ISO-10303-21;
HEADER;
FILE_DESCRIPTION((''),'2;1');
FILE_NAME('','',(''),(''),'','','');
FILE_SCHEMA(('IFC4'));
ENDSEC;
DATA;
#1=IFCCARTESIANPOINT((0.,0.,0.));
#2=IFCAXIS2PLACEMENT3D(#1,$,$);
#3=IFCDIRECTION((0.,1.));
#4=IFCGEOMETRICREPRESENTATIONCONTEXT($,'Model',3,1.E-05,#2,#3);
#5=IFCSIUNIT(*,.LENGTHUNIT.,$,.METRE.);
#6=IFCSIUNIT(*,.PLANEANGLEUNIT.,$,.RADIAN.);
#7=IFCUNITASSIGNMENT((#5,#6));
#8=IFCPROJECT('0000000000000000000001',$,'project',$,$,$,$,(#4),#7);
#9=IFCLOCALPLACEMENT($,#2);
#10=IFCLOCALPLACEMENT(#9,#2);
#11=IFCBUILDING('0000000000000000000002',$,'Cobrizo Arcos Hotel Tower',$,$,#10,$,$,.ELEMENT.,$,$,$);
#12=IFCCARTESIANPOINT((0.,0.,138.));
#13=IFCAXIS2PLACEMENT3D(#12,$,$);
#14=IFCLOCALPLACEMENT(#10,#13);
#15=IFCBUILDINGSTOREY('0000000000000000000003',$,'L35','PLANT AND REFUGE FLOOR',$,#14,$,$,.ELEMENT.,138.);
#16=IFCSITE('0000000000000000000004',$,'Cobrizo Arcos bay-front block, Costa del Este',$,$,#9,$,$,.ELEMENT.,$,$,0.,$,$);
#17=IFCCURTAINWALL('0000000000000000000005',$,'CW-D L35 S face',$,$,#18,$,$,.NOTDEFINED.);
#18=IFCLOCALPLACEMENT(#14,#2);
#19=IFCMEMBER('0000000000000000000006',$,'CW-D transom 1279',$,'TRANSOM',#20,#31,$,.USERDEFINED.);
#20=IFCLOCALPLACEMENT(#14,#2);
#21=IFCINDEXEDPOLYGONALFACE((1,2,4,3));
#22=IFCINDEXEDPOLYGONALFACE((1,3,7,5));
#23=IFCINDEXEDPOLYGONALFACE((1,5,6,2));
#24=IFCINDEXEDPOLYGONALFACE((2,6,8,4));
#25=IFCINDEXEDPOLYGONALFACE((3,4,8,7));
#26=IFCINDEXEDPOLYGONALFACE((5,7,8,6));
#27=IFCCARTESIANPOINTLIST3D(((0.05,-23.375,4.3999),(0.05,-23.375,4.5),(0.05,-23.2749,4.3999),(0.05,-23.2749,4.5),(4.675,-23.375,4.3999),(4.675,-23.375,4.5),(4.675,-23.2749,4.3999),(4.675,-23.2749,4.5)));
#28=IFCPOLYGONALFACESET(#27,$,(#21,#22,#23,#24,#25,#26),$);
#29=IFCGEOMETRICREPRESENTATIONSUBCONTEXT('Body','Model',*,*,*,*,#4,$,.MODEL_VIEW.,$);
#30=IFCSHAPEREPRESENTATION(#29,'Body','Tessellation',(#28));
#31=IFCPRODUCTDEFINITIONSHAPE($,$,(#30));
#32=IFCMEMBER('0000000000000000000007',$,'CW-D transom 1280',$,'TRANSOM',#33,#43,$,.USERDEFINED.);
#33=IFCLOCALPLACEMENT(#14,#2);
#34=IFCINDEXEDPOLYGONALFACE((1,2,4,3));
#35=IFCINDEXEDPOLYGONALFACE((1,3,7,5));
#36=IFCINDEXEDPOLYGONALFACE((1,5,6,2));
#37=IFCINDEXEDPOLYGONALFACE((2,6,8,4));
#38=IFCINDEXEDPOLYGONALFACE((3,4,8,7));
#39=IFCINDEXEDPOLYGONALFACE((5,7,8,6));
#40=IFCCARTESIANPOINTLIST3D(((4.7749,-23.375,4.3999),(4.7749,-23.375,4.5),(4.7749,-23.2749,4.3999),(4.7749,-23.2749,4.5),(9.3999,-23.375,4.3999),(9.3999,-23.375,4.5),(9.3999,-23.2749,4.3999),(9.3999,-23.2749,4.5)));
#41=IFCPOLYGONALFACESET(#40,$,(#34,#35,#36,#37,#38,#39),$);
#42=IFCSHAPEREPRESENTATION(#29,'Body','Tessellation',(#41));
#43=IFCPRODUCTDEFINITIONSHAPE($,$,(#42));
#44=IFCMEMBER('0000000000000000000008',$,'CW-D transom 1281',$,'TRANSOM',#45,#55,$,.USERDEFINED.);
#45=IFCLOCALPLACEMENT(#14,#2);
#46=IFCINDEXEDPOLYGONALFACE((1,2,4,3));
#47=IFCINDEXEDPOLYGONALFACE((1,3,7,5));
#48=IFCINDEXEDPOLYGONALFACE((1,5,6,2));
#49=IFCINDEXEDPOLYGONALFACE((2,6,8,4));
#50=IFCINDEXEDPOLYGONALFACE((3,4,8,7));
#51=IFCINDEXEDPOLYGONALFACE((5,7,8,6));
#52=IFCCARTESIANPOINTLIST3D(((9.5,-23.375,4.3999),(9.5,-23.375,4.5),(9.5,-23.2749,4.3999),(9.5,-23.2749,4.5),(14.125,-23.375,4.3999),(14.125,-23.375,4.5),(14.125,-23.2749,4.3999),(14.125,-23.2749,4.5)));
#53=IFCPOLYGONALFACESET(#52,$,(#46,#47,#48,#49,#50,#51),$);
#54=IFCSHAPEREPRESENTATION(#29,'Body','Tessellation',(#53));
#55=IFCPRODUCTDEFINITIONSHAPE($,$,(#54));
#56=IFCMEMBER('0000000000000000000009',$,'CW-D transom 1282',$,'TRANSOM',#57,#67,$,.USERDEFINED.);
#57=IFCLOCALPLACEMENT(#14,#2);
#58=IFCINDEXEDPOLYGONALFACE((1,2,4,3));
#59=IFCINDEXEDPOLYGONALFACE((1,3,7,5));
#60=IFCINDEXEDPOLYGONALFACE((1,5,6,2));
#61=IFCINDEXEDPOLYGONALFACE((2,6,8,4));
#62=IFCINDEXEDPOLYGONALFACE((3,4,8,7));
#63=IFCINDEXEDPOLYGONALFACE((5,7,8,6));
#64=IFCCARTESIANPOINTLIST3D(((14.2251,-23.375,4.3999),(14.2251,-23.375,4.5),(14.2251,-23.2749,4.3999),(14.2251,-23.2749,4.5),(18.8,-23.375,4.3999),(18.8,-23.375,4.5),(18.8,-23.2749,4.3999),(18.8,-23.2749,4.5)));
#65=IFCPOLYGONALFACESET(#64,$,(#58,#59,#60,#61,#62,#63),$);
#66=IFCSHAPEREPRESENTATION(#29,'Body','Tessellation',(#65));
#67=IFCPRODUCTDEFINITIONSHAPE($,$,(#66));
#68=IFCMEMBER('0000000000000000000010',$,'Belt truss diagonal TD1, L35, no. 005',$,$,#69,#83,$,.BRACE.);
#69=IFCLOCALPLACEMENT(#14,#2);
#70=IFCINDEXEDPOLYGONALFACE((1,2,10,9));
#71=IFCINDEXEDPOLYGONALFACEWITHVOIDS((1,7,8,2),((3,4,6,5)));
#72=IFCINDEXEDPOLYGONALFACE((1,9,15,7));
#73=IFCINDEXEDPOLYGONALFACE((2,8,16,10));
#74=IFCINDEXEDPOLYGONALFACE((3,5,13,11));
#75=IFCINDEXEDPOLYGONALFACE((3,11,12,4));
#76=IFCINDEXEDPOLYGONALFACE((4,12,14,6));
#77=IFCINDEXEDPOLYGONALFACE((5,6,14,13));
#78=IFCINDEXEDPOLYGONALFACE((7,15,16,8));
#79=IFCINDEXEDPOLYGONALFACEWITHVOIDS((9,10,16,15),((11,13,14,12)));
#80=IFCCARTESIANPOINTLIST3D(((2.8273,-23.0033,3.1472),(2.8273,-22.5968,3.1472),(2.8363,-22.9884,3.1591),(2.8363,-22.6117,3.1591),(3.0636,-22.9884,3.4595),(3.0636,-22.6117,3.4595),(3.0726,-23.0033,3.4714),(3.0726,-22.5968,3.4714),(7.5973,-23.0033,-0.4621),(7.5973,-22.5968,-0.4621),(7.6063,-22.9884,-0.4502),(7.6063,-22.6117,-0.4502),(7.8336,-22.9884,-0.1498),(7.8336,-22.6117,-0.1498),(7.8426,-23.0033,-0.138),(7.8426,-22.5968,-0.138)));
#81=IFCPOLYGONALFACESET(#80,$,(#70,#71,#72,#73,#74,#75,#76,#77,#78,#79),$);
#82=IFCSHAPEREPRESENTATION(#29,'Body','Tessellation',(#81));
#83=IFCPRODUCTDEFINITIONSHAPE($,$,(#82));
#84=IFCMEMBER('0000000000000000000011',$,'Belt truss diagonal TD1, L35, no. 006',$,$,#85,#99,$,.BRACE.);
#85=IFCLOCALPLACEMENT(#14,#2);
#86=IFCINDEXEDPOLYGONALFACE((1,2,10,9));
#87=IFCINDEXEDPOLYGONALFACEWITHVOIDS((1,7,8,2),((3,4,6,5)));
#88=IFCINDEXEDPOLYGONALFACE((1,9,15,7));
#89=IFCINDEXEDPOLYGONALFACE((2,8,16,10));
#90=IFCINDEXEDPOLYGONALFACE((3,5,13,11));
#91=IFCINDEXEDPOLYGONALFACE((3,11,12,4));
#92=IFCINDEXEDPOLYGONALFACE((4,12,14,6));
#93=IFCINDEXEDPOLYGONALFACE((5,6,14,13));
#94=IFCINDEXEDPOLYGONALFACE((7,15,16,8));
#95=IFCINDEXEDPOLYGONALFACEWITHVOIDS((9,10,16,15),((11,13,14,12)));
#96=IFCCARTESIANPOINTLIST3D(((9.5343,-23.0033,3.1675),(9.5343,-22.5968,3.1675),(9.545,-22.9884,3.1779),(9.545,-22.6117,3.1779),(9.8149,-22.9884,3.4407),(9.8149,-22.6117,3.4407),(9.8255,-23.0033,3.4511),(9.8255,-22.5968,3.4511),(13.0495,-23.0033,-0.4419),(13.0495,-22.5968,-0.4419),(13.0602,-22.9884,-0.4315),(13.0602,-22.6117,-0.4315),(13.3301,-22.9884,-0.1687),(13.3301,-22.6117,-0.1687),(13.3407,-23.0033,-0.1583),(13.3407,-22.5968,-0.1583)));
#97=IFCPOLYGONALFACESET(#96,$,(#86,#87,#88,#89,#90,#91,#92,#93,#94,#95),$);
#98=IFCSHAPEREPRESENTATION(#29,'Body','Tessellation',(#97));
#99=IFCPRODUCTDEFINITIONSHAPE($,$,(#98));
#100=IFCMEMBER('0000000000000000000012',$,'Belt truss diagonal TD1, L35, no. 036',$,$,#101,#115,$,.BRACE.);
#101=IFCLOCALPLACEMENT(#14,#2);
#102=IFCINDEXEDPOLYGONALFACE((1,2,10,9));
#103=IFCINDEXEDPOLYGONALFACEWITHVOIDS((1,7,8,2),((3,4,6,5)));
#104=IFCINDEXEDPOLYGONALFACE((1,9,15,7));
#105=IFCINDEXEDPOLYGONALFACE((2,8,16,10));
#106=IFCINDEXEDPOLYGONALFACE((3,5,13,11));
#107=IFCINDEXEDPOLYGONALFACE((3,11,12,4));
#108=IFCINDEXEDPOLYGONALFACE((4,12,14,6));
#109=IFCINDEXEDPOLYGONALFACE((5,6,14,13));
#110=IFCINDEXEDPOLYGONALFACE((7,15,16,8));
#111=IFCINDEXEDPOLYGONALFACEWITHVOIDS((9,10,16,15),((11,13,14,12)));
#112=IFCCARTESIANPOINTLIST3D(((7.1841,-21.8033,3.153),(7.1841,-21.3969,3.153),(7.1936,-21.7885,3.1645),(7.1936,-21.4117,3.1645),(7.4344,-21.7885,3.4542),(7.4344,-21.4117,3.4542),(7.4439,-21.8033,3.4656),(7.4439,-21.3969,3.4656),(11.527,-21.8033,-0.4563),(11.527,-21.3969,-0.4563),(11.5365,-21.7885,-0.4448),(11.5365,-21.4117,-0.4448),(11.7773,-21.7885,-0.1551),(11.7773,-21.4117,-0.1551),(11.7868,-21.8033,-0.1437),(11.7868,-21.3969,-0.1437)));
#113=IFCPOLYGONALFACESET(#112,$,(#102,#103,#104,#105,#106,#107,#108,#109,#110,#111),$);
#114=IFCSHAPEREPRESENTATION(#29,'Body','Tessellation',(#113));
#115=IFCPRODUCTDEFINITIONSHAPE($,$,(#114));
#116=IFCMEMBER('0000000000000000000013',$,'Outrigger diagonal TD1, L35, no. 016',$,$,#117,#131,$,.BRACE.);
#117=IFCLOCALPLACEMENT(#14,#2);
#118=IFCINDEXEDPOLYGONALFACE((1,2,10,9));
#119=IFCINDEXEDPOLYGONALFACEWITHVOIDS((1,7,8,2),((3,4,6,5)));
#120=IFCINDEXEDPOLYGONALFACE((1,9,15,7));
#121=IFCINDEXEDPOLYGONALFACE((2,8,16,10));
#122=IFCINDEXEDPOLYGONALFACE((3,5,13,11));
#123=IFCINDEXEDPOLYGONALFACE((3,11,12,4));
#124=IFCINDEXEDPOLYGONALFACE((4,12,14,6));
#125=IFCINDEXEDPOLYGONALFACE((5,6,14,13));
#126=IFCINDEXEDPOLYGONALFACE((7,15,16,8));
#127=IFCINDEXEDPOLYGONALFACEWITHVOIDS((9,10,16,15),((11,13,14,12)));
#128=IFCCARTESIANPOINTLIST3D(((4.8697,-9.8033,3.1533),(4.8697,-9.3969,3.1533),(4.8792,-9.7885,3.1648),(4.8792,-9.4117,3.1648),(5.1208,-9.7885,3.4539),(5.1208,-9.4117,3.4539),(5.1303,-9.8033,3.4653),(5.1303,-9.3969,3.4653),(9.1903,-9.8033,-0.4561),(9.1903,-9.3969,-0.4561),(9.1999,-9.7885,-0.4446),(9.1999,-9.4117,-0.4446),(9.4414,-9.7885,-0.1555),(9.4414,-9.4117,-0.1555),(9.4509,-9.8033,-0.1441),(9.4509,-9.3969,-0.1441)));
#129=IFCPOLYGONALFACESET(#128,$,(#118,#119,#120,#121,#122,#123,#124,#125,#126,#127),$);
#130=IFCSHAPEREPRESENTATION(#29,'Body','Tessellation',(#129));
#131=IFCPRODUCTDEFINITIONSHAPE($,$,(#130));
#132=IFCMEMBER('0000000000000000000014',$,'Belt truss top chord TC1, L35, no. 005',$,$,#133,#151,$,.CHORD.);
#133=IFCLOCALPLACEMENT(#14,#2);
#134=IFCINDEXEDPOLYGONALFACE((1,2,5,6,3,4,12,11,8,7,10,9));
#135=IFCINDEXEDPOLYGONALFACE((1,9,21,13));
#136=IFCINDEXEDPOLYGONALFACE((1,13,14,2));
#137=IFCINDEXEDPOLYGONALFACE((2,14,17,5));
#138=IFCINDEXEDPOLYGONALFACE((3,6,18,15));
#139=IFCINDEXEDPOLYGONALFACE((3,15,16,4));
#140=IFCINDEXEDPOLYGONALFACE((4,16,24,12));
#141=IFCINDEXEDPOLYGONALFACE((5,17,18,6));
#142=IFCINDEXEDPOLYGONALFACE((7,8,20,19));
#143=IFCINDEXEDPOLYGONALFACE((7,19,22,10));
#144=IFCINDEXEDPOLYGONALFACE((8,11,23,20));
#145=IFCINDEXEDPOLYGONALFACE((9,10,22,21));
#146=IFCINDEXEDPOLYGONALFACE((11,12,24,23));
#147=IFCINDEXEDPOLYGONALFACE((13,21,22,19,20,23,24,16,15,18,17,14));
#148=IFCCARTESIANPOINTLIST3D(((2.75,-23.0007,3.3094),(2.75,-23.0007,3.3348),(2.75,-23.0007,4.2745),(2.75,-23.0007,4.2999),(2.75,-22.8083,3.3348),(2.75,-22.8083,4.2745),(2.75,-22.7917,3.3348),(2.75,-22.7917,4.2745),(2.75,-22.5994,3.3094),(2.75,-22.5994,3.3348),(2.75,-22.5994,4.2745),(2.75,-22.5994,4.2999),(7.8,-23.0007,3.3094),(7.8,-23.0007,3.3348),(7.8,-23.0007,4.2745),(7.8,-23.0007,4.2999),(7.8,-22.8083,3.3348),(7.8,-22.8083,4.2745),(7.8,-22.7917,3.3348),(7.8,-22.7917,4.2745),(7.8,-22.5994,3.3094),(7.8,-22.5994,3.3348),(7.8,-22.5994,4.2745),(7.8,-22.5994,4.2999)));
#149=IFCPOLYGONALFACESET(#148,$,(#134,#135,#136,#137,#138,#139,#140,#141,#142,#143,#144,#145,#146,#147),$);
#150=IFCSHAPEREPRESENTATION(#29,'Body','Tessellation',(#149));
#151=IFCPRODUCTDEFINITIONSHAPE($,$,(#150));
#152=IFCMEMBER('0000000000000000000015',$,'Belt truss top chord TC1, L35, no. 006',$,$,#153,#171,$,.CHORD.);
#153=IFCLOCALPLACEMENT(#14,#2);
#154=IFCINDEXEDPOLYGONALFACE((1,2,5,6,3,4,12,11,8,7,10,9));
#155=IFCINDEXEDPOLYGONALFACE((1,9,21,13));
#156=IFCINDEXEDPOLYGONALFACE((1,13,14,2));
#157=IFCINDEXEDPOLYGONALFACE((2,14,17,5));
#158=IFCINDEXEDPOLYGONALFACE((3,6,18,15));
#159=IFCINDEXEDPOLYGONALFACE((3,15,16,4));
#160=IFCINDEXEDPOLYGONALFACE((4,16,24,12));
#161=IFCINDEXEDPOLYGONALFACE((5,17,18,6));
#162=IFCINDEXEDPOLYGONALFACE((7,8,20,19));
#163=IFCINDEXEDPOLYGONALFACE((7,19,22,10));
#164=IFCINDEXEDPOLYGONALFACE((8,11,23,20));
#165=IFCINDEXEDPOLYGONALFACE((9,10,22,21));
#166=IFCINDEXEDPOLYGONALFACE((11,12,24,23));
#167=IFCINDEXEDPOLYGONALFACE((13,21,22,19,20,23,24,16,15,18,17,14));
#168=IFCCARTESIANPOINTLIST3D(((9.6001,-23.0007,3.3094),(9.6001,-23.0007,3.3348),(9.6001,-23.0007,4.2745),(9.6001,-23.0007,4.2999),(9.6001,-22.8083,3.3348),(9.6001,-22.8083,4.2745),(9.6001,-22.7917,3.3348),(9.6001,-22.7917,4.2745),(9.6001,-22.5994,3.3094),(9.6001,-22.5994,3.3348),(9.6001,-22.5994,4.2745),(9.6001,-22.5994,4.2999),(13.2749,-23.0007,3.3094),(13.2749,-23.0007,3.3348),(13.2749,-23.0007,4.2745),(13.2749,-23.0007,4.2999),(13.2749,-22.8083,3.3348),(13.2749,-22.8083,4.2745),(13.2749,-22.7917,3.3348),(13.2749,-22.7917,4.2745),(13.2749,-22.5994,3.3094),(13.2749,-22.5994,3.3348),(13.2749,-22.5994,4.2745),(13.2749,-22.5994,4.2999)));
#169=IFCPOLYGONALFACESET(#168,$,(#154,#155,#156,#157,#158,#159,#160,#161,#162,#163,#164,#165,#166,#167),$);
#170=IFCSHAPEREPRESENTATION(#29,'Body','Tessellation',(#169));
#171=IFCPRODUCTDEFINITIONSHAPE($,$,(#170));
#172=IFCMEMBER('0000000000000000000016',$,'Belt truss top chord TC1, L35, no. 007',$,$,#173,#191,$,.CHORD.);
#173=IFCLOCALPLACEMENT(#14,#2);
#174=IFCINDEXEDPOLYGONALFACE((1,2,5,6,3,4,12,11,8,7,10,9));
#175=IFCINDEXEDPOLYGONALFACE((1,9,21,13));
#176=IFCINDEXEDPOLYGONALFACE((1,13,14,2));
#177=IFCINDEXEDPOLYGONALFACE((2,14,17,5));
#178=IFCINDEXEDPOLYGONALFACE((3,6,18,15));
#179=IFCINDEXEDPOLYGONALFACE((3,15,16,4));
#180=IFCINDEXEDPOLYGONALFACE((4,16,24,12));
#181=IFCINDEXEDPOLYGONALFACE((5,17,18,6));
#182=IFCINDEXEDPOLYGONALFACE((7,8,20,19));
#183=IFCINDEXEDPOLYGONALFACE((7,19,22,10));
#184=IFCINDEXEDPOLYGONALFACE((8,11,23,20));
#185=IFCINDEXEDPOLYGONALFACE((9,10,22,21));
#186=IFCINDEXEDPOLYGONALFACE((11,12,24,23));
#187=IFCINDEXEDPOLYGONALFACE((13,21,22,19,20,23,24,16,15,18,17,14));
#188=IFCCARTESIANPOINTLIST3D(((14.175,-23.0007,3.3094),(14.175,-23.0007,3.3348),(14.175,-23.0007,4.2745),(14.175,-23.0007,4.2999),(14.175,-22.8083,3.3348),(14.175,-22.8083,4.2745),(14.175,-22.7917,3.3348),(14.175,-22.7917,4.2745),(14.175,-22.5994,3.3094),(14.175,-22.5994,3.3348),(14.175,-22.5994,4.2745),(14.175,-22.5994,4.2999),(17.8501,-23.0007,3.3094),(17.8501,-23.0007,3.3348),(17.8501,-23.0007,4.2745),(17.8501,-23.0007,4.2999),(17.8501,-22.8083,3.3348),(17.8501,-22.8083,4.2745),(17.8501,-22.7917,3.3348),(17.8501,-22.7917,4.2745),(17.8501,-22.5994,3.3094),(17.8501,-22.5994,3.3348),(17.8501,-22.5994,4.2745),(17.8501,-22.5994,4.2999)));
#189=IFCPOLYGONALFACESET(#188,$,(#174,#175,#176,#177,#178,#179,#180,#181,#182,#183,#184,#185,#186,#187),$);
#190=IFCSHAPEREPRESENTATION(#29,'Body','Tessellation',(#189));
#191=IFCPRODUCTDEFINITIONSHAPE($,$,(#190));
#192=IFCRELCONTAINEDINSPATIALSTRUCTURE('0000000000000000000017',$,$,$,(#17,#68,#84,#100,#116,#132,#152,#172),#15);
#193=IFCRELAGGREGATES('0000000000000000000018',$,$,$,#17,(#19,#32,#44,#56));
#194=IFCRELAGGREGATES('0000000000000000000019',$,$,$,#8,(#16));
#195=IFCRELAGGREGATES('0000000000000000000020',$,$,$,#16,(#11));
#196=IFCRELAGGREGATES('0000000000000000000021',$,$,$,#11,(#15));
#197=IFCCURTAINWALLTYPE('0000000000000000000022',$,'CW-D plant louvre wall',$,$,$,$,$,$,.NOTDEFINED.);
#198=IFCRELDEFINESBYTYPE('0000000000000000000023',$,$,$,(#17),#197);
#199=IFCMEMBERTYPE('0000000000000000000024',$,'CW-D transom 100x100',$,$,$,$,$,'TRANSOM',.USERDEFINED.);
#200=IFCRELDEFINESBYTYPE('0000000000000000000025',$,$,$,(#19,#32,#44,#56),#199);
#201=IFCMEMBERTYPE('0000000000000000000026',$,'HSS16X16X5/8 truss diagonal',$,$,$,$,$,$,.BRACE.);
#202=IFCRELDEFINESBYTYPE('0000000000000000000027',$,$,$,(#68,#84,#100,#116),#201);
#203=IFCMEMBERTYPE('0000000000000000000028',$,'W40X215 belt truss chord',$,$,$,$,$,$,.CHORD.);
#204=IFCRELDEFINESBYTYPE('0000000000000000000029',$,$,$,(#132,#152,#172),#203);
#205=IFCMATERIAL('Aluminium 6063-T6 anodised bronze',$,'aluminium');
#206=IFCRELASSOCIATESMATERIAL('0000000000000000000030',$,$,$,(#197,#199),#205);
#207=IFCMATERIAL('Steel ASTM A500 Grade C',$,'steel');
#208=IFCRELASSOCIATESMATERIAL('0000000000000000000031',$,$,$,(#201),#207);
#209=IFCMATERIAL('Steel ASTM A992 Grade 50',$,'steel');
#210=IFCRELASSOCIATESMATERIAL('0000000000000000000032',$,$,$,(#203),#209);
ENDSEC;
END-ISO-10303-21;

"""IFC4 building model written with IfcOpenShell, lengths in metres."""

from ifc_helpers import new_model, si_unit, direction, frame, origin, origin_2d, place, context, subcontext, project, spatial, rectangle, hollow_rectangle, i_section, extrude, material, material_profile, profile_set, type_object, element, aggregate, save


model = new_model("IFC4")

# Units and contexts
model_context = context("Model", 3, precision=1e-05, world=origin(), true_north=direction((0.0, 1.0)))
body_context = subcontext(model_context, "Body", "Model", "MODEL_VIEW")
ifc_project = project(units=[si_unit("LENGTHUNIT", "METRE"), si_unit("PLANEANGLEUNIT", "RADIAN")], contexts=[model_context])

# Site, building, storey
site_placement = place(None, origin())
site = spatial("IfcSite", under=ifc_project, at=site_placement, Name="Cobrizo Arcos bay-front block, Costa del Este", CompositionType="ELEMENT", RefElevation=0.0)
building_placement = place(site_placement, origin())
building = spatial("IfcBuilding", under=site, at=building_placement, Name="Cobrizo Arcos Hotel Tower", CompositionType="ELEMENT")
storey_placement = place(building_placement, frame((0.0, 0.0, 138.0)))
storey = spatial("IfcBuildingStorey", under=building, at=storey_placement, Name="L35", Description="PLANT AND REFUGE FLOOR", CompositionType="ELEMENT", Elevation=138.0)

# Curtain wall, members
ifc_material_1 = material(Name="Aluminium 6063-T6 anodised bronze", Category="aluminium")
curtain_wall_type = type_object("IfcCurtainWallType", Name="CW-D plant louvre wall", PredefinedType="NOTDEFINED", material=ifc_material_1)
curtain_wall_placement = place(storey_placement, origin())
curtain_wall = element("IfcCurtainWall", 1, at=curtain_wall_placement, inside=storey, type_object=curtain_wall_type, Name="CW-D L35 S face", PredefinedType="NOTDEFINED")
ifc_material_profile_1 = material_profile(ifc_material_1, rectangle(XDim=0.1001, YDim=0.1001, at=origin_2d()), Name="CW-D transom 100x100")
ifc_profile_set_1 = profile_set([ifc_material_profile_1], Name="Aluminium 6063-T6 anodised bronze")
member_type_1 = type_object("IfcMemberType", Name="CW-D transom 100x100", ElementType="TRANSOM", PredefinedType="USERDEFINED", material=ifc_profile_set_1)
member_1_placement = place(storey_placement, frame((0.05, -23.325, 4.45), z_axis=(1.0, 0.0, 0.0), x_axis=(0.0, 1.0, 0.0)))
member_1 = element("IfcMember", 2, at=member_1_placement, type_object=member_type_1, Name="CW-D transom 1279", ObjectType="TRANSOM", PredefinedType="USERDEFINED", context=body_context, shape_type="SweptSolid", body=[
    extrude(rectangle(XDim=0.1001, YDim=0.1001, at=origin_2d()), origin(), (0.0, 0.0, 1.0), 4.625),
])
member_2_placement = place(storey_placement, frame((4.7749, -23.325, 4.45), z_axis=(1.0, 0.0, 0.0), x_axis=(0.0, 1.0, 0.0)))
member_2 = element("IfcMember", 3, at=member_2_placement, type_object=member_type_1, Name="CW-D transom 1280", ObjectType="TRANSOM", PredefinedType="USERDEFINED", context=body_context, shape_type="SweptSolid", body=[
    extrude(rectangle(XDim=0.1001, YDim=0.1001, at=origin_2d()), origin(), (0.0, 0.0, 1.0), 4.625),
])
member_3_placement = place(storey_placement, frame((9.5, -23.325, 4.45), z_axis=(1.0, 0.0, 0.0), x_axis=(0.0, 1.0, 0.0)))
member_3 = element("IfcMember", 4, at=member_3_placement, type_object=member_type_1, Name="CW-D transom 1281", ObjectType="TRANSOM", PredefinedType="USERDEFINED", context=body_context, shape_type="SweptSolid", body=[
    extrude(rectangle(XDim=0.1001, YDim=0.1001, at=origin_2d()), origin(), (0.0, 0.0, 1.0), 4.625),
])
member_4_placement = place(storey_placement, frame((14.2251, -23.325, 4.45), z_axis=(1.0, 0.0, 0.0), x_axis=(0.0, 1.0, 0.0)))
member_4 = element("IfcMember", 5, at=member_4_placement, type_object=member_type_1, Name="CW-D transom 1282", ObjectType="TRANSOM", PredefinedType="USERDEFINED", context=body_context, shape_type="SweptSolid", body=[
    extrude(rectangle(XDim=0.1001, YDim=0.1001, at=origin_2d()), origin(), (0.0, 0.0, 1.0), 4.575),
])
aggregate(curtain_wall, [member_1, member_2, member_3, member_4])

# Members
ifc_material_2 = material(Name="Steel ASTM A500 Grade C", Category="steel")
ifc_material_profile_2 = material_profile(ifc_material_2, hollow_rectangle(XDim=0.4065, YDim=0.4065, WallThickness=0.0149, at=origin_2d()), Name="HSS16X16X5/8")
ifc_profile_set_2 = profile_set([ifc_material_profile_2], Name="Steel ASTM A500 Grade C")
member_type_2 = type_object("IfcMemberType", Name="HSS16X16X5/8 truss diagonal", PredefinedType="BRACE", material=ifc_profile_set_2)
member_5_placement = place(storey_placement, frame((2.95, -22.8, 3.3093), z_axis=(0.797436, 0.0, -0.603403), x_axis=(0.0, 1.0, 0.0)))
element("IfcMember", 6, at=member_5_placement, inside=storey, type_object=member_type_2, Name="Belt truss diagonal TD1, L35, no. 005", PredefinedType="BRACE", context=body_context, shape_type="SweptSolid", body=[
    extrude(hollow_rectangle(XDim=0.4065, YDim=0.4065, WallThickness=0.0149, at=origin_2d()), origin(), (0.0, 0.0, 1.0), 5.9817),
])
member_6_placement = place(storey_placement, frame((9.6799, -22.8, 3.3093), z_axis=(0.697693, 0.0, -0.716397), x_axis=(0.0, 1.0, 0.0)))
element("IfcMember", 7, at=member_6_placement, inside=storey, type_object=member_type_2, Name="Belt truss diagonal TD1, L35, no. 006", PredefinedType="BRACE", context=body_context, shape_type="SweptSolid", body=[
    extrude(hollow_rectangle(XDim=0.4065, YDim=0.4065, WallThickness=0.0149, at=origin_2d()), origin(), (0.0, 0.0, 1.0), 5.0383),
])
member_7_placement = place(storey_placement, frame((7.314, -21.6001, 3.3093), z_axis=(0.769075, 0.0, -0.639159), x_axis=(0.0, 1.0, 0.0)))
element("IfcMember", 8, at=member_7_placement, inside=storey, type_object=member_type_2, Name="Belt truss diagonal TD1, L35, no. 036", PredefinedType="BRACE", context=body_context, shape_type="SweptSolid", body=[
    extrude(hollow_rectangle(XDim=0.4065, YDim=0.4065, WallThickness=0.0149, at=origin_2d()), origin(), (0.0, 0.0, 1.0), 5.647),
])
member_8_placement = place(storey_placement, frame((5.0, -9.6001, 3.3093), z_axis=(0.767442, 0.0, -0.641118), x_axis=(0.0, 1.0, 0.0)))
element("IfcMember", 9, at=member_8_placement, inside=storey, type_object=member_type_2, Name="Outrigger diagonal TD1, L35, no. 016", PredefinedType="BRACE", context=body_context, shape_type="SweptSolid", body=[
    extrude(hollow_rectangle(XDim=0.4065, YDim=0.4065, WallThickness=0.0149, at=origin_2d()), origin(), (0.0, 0.0, 1.0), 5.6299),
])
ifc_material_3 = material(Name="Steel ASTM A992 Grade 50", Category="steel")
ifc_material_profile_3 = material_profile(ifc_material_3, i_section(OverallWidth=0.4014, OverallDepth=0.9905, WebThickness=0.0166, FlangeThickness=0.0254, at=origin_2d()), Name="W40X215")
ifc_profile_set_3 = profile_set([ifc_material_profile_3], Name="Steel ASTM A992 Grade 50")
member_type_3 = type_object("IfcMemberType", Name="W40X215 belt truss chord", PredefinedType="CHORD", material=ifc_profile_set_3)
member_9_placement = place(storey_placement, frame((2.75, -22.8, 3.8047), z_axis=(1.0, 0.0, 0.0), x_axis=(0.0, 1.0, 0.0)))
element("IfcMember", 10, at=member_9_placement, inside=storey, type_object=member_type_3, Name="Belt truss top chord TC1, L35, no. 005", PredefinedType="CHORD", context=body_context, shape_type="SweptSolid", body=[
    extrude(i_section(OverallWidth=0.4014, OverallDepth=0.9905, WebThickness=0.0166, FlangeThickness=0.0254, at=origin_2d()), origin(), (0.0, 0.0, 1.0), 5.05),
])
member_10_placement = place(storey_placement, frame((9.6001, -22.8, 3.8047), z_axis=(1.0, 0.0, 0.0), x_axis=(0.0, 1.0, 0.0)))
element("IfcMember", 11, at=member_10_placement, inside=storey, type_object=member_type_3, Name="Belt truss top chord TC1, L35, no. 006", PredefinedType="CHORD", context=body_context, shape_type="SweptSolid", body=[
    extrude(i_section(OverallWidth=0.4014, OverallDepth=0.9905, WebThickness=0.0166, FlangeThickness=0.0254, at=origin_2d()), origin(), (0.0, 0.0, 1.0), 3.6748),
])
member_11_placement = place(storey_placement, frame((14.175, -22.8, 3.8047), z_axis=(1.0, 0.0, 0.0), x_axis=(0.0, 1.0, 0.0)))
element("IfcMember", 12, at=member_11_placement, inside=storey, type_object=member_type_3, Name="Belt truss top chord TC1, L35, no. 007", PredefinedType="CHORD", context=body_context, shape_type="SweptSolid", body=[
    extrude(i_section(OverallWidth=0.4014, OverallDepth=0.9905, WebThickness=0.0166, FlangeThickness=0.0254, at=origin_2d()), origin(), (0.0, 0.0, 1.0), 3.675),
])

save(model, "model.ifc")
